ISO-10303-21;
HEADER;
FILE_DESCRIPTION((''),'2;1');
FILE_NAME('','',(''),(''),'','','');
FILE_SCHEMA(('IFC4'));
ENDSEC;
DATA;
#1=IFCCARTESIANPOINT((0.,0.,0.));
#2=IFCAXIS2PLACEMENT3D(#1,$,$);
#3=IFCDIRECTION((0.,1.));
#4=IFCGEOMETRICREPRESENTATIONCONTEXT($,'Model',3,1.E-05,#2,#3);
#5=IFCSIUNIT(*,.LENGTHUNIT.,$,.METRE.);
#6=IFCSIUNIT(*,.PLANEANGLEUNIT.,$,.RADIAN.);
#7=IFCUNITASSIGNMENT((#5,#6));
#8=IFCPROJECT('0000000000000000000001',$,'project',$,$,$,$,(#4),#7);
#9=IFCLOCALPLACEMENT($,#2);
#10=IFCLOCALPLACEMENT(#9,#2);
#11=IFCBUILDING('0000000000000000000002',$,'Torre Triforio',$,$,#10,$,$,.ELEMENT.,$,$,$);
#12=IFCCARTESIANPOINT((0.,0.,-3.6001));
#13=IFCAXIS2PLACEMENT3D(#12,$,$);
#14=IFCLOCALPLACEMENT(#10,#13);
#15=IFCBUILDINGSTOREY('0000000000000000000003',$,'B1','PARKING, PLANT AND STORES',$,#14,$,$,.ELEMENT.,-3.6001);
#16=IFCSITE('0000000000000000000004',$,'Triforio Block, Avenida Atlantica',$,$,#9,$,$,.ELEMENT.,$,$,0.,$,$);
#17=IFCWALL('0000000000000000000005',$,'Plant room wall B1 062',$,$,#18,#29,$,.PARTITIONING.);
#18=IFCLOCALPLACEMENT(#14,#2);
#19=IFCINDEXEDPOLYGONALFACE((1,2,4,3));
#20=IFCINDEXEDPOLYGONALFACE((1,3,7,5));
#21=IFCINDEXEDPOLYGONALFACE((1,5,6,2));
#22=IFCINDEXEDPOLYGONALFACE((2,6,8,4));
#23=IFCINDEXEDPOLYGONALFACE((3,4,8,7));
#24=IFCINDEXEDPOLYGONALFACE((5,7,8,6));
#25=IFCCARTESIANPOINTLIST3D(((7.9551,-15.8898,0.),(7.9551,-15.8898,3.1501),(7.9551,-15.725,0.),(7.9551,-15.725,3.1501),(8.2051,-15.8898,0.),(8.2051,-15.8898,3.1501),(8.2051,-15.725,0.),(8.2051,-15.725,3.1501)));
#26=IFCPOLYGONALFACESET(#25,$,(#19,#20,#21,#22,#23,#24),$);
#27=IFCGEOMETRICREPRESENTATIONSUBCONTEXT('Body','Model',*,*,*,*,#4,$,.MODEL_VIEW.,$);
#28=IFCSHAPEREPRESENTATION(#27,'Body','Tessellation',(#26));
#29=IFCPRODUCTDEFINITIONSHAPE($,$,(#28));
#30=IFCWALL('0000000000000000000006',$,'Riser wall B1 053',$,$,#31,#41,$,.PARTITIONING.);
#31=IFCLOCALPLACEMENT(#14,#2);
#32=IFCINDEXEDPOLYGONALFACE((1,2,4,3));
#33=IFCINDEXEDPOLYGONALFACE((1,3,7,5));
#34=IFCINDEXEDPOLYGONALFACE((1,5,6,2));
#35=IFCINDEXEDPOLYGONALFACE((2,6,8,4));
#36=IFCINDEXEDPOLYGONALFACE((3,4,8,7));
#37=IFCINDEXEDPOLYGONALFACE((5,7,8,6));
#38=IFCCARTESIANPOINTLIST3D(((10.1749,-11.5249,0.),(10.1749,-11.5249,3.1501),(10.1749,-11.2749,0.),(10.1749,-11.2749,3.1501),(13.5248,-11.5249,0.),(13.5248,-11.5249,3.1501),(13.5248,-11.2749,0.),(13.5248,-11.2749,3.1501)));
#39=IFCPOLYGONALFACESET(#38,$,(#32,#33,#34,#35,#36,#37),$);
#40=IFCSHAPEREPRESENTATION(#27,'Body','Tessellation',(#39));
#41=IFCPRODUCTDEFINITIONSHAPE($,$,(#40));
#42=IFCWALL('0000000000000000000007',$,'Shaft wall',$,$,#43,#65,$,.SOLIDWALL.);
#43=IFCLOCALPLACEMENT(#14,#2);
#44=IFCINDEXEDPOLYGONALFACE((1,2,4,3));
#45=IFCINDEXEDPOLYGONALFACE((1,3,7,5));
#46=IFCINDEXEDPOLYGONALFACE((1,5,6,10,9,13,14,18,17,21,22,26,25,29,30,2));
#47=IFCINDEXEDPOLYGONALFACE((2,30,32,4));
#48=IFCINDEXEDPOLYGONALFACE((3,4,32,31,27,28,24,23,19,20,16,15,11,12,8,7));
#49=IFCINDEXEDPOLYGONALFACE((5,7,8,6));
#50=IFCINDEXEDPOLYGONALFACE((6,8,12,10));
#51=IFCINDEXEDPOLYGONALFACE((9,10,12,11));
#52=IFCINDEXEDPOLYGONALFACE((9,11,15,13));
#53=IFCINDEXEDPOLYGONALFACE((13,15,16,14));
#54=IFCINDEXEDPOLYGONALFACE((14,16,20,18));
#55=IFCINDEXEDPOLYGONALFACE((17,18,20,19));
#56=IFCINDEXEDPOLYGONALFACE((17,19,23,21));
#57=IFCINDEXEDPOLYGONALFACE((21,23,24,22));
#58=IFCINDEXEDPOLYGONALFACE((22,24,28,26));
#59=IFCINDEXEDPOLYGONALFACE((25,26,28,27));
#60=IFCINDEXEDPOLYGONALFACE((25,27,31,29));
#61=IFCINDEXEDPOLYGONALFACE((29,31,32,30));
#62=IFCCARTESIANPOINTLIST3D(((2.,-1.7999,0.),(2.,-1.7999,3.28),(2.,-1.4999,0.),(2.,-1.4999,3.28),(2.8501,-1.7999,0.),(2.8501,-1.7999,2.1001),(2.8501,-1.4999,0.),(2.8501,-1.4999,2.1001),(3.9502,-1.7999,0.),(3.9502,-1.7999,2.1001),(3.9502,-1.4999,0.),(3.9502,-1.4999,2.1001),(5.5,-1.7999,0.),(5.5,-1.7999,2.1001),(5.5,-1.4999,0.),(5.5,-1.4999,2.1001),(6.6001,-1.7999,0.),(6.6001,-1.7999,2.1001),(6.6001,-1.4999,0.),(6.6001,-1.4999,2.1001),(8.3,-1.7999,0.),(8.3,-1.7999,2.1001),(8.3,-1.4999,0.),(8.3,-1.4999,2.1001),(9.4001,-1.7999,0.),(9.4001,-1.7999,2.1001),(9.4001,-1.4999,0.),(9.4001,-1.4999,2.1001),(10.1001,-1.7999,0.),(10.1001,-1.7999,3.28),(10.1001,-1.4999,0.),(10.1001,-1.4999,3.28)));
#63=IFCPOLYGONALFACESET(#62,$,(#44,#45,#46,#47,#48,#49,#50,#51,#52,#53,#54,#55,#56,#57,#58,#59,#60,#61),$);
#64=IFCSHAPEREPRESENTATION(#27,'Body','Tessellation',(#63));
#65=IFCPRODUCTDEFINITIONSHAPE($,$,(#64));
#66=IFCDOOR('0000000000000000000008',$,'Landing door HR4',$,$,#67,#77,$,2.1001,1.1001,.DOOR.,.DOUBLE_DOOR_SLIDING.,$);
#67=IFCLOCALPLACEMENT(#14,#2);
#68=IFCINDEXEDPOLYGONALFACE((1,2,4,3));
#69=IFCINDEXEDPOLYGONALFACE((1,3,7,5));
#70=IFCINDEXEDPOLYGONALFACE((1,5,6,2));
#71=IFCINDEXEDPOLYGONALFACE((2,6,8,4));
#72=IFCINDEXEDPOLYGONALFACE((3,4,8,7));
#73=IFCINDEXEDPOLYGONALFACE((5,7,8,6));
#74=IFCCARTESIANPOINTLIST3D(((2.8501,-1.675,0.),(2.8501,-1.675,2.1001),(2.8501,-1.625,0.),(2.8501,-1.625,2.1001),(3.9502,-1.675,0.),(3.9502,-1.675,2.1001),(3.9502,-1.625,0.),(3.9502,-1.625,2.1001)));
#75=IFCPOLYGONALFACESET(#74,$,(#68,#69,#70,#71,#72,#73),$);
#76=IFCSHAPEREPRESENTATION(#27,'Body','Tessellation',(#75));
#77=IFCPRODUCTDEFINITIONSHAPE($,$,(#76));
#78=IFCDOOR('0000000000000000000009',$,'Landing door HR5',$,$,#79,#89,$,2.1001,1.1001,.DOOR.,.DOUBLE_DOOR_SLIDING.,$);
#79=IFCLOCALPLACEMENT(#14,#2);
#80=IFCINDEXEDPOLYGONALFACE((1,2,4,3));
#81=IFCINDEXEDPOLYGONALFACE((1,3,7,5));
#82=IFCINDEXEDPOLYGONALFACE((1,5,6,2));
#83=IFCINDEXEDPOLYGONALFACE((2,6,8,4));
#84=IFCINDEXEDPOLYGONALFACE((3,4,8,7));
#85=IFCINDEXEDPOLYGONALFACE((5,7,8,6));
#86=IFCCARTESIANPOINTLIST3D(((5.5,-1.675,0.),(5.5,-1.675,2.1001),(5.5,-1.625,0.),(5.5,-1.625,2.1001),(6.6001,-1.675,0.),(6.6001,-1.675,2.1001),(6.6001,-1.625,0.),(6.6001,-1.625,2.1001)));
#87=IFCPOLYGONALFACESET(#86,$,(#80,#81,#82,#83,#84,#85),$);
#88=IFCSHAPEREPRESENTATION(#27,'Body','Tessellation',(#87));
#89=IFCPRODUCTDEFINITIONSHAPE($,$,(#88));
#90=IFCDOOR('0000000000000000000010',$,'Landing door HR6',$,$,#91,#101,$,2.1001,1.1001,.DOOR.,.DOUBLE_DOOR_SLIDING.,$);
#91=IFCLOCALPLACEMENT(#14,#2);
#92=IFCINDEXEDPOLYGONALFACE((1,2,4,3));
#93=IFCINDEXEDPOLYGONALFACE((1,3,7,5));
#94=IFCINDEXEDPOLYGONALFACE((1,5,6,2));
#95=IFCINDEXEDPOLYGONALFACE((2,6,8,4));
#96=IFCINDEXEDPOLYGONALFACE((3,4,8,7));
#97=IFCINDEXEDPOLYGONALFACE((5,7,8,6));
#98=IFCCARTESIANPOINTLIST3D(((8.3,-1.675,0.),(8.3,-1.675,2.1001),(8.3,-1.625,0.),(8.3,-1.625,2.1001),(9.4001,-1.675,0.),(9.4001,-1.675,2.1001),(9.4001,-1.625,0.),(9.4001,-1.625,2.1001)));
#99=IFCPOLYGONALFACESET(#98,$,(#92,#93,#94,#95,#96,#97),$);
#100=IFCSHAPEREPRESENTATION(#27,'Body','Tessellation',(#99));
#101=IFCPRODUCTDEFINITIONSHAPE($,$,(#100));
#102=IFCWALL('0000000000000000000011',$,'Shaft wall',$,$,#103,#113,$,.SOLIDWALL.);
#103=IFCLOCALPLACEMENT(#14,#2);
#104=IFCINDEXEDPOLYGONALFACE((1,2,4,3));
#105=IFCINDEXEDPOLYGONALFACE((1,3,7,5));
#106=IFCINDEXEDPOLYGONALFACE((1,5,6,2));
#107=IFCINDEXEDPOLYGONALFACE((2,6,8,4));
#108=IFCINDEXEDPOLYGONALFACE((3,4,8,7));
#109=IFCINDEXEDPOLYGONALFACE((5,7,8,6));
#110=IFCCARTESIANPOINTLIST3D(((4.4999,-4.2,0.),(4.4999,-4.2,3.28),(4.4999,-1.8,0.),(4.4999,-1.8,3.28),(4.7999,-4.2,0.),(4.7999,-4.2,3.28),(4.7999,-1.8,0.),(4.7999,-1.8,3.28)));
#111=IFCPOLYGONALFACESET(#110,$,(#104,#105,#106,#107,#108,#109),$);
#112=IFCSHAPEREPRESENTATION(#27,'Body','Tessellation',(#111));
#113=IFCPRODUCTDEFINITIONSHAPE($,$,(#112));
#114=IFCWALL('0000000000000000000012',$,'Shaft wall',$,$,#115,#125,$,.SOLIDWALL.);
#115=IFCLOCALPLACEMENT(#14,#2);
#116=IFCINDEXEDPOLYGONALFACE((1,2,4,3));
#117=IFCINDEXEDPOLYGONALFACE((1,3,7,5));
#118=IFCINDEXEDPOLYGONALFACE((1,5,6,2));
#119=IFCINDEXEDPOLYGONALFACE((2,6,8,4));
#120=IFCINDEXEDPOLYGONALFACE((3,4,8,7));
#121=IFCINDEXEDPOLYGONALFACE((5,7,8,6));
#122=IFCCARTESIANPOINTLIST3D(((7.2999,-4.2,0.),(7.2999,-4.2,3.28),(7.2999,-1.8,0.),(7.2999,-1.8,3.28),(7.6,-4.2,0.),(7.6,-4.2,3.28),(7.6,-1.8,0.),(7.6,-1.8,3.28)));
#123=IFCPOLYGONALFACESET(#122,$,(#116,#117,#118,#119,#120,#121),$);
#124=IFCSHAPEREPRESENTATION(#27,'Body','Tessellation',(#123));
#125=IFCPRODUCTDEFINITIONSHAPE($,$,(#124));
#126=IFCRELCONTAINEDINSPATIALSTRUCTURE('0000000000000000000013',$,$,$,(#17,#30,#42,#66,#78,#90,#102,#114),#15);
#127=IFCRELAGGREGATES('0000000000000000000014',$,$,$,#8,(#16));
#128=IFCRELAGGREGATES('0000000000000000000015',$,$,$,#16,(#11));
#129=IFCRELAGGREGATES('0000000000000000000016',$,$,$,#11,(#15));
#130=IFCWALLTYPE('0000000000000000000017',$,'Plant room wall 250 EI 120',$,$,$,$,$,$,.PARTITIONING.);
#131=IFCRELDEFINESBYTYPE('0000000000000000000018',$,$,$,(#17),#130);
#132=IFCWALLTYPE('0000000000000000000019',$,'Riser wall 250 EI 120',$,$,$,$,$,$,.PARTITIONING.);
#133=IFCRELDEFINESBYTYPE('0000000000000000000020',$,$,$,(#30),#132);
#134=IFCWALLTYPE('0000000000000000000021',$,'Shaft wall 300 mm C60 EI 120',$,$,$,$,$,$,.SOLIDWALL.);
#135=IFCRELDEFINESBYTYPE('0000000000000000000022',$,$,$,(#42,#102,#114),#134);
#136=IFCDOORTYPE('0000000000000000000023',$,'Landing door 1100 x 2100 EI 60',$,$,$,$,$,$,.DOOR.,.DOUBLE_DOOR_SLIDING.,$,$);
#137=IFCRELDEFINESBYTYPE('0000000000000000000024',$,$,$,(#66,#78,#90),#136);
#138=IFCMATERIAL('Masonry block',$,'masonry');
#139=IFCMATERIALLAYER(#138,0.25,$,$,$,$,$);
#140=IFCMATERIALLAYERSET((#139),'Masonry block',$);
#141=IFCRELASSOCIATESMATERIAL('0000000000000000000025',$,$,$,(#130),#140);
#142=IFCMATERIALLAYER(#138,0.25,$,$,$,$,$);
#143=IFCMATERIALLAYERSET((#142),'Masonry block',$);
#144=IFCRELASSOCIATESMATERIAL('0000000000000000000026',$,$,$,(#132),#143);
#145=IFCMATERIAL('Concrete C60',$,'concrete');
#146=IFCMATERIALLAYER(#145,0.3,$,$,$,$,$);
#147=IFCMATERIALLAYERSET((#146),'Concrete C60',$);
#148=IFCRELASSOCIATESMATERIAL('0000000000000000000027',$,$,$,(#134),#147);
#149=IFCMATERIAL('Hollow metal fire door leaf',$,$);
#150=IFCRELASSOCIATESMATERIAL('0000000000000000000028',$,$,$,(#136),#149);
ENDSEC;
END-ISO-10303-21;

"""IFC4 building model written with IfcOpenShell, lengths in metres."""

from ifc_helpers import new_model, si_unit, direction, frame, frame_2d, origin, place, context, subcontext, project, spatial, rectangle, extrude, material, layer, layer_set, type_object, element, fill, save


model = new_model("IFC4")

# Units and contexts
model_context = context("Model", 3, precision=1e-05, world=origin(), true_north=direction((0.0, 1.0)))
body_context = subcontext(model_context, "Body", "Model", "MODEL_VIEW")
ifc_project = project(units=[si_unit("LENGTHUNIT", "METRE"), si_unit("PLANEANGLEUNIT", "RADIAN")], contexts=[model_context])

# Site, building, storey
site_placement = place(None, origin())
site = spatial("IfcSite", under=ifc_project, at=site_placement, Name="Triforio Block, Avenida Atlantica", CompositionType="ELEMENT", RefElevation=0.0)
building_placement = place(site_placement, origin())
building = spatial("IfcBuilding", under=site, at=building_placement, Name="Torre Triforio", CompositionType="ELEMENT")
storey_placement = place(building_placement, frame((0.0, 0.0, -3.6001)))
storey = spatial("IfcBuildingStorey", under=building, at=storey_placement, Name="B1", Description="PARKING, PLANT AND STORES", CompositionType="ELEMENT", Elevation=-3.6001)

# Shared definitions
ifc_material_1 = material(Name="Concrete C60", Category="concrete")
ifc_material_2 = material(Name="Hollow metal fire door leaf")

# Walls
ifc_material_3 = material(Name="Masonry block", Category="masonry")
ifc_layer_1 = layer(ifc_material_3, 0.25)
ifc_layer_set_1 = layer_set([ifc_layer_1], Name="Masonry block")
wall_type_1 = type_object("IfcWallType", Name="Plant room wall 250 EI 120", PredefinedType="PARTITIONING", material=ifc_layer_set_1)
wall_1_placement = place(storey_placement, frame((8.0801, -15.8899, 0.0), z_axis=(0.0, 0.0, 1.0), x_axis=(0.0, 1.0, 0.0)))
element("IfcWall", 1, at=wall_1_placement, inside=storey, type_object=wall_type_1, Name="Plant room wall B1 062", PredefinedType="PARTITIONING", context=body_context, shape_type="SweptSolid", body=[
    extrude(rectangle(XDim=0.1648, YDim=0.25, at=frame_2d((0.0825, 0.0))), origin(), (0.0, 0.0, 1.0), 3.1501),
])
ifc_layer_2 = layer(ifc_material_3, 0.25)
ifc_layer_set_2 = layer_set([ifc_layer_2], Name="Masonry block")
wall_type_2 = type_object("IfcWallType", Name="Riser wall 250 EI 120", PredefinedType="PARTITIONING", material=ifc_layer_set_2)
wall_2_placement = place(storey_placement, frame((10.175, -11.3999, 0.0), z_axis=(0.0, 0.0, 1.0), x_axis=(1.0, 0.0, 0.0)))
element("IfcWall", 2, at=wall_2_placement, inside=storey, type_object=wall_type_2, Name="Riser wall B1 053", PredefinedType="PARTITIONING", context=body_context, shape_type="SweptSolid", body=[
    extrude(rectangle(XDim=3.3499, YDim=0.25, at=frame_2d((1.6748, 0.0))), origin(), (0.0, 0.0, 1.0), 3.1501),
])

# Wall, openings, doors
ifc_layer_3 = layer(ifc_material_1, 0.3)
ifc_layer_set_3 = layer_set([ifc_layer_3], Name="Concrete C60")
wall_type_3 = type_object("IfcWallType", Name="Shaft wall 300 mm C60 EI 120", PredefinedType="SOLIDWALL", material=ifc_layer_set_3)
wall_3_placement = place(storey_placement, frame((2.0, -1.6499, 0.0), z_axis=(0.0, 0.0, 1.0), x_axis=(1.0, 0.0, 0.0)))
wall_3 = element("IfcWall", 3, at=wall_3_placement, inside=storey, type_object=wall_type_3, Name="Shaft wall", PredefinedType="SOLIDWALL", context=body_context, shape_type="SweptSolid", body=[
    extrude(rectangle(XDim=8.1001, YDim=0.3, at=frame_2d((4.05, 0.0))), origin(), (0.0, 0.0, 1.0), 3.28),
])
opening_1_placement = place(wall_3_placement, frame((0.8501, 0.0, 0.0)))
opening_1 = element("IfcOpeningElement", 4, at=opening_1_placement, cuts=wall_3, PredefinedType="OPENING", context=body_context, shape_type="SweptSolid", body=[
    extrude(rectangle(XDim=1.1001, YDim=2.1001, at=frame_2d((0.55, 1.05))), frame((0.0, 0.1599, 0.0), z_axis=(0.0, -1.0, 0.0), x_axis=(1.0, 0.0, 0.0)), (0.0, 0.0, 1.0), 0.3201),
])
opening_2_placement = place(wall_3_placement, frame((3.5, 0.0, 0.0)))
opening_2 = element("IfcOpeningElement", 5, at=opening_2_placement, cuts=wall_3, PredefinedType="OPENING", context=body_context, shape_type="SweptSolid", body=[
    extrude(rectangle(XDim=1.1001, YDim=2.1001, at=frame_2d((0.55, 1.05))), frame((0.0, 0.1599, 0.0), z_axis=(0.0, -1.0, 0.0), x_axis=(1.0, 0.0, 0.0)), (0.0, 0.0, 1.0), 0.3201),
])
opening_3_placement = place(wall_3_placement, frame((6.3, 0.0, 0.0)))
opening_3 = element("IfcOpeningElement", 6, at=opening_3_placement, cuts=wall_3, PredefinedType="OPENING", context=body_context, shape_type="SweptSolid", body=[
    extrude(rectangle(XDim=1.1001, YDim=2.1001, at=frame_2d((0.55, 1.05))), frame((0.0, 0.1599, 0.0), z_axis=(0.0, -1.0, 0.0), x_axis=(1.0, 0.0, 0.0)), (0.0, 0.0, 1.0), 0.3201),
])
door_type_1 = type_object("IfcDoorType", Name="Landing door 1100 x 2100 EI 60", OperationType="DOUBLE_DOOR_SLIDING", PredefinedType="DOOR", material=ifc_material_2)
door_1_placement = place(opening_1_placement, origin())
door_1 = element("IfcDoor", 7, at=door_1_placement, inside=storey, type_object=door_type_1, Name="Landing door HR4", OperationType="DOUBLE_DOOR_SLIDING", OverallHeight=2.1001, OverallWidth=1.1001, PredefinedType="DOOR", context=body_context, shape_type="SweptSolid", body=[
    extrude(rectangle(XDim=1.1001, YDim=2.1001, at=frame_2d((0.55, 1.05))), frame((0.0, 0.0249, 0.0), z_axis=(0.0, -1.0, 0.0), x_axis=(1.0, 0.0, 0.0)), (0.0, 0.0, 1.0), 0.05),
])
fill(opening_1, door_1)
door_2_placement = place(opening_2_placement, origin())
door_2 = element("IfcDoor", 8, at=door_2_placement, inside=storey, type_object=door_type_1, Name="Landing door HR5", OperationType="DOUBLE_DOOR_SLIDING", OverallHeight=2.1001, OverallWidth=1.1001, PredefinedType="DOOR", context=body_context, shape_type="SweptSolid", body=[
    extrude(rectangle(XDim=1.1001, YDim=2.1001, at=frame_2d((0.55, 1.05))), frame((0.0, 0.0249, 0.0), z_axis=(0.0, -1.0, 0.0), x_axis=(1.0, 0.0, 0.0)), (0.0, 0.0, 1.0), 0.05),
])
fill(opening_2, door_2)
door_3_placement = place(opening_3_placement, origin())
door_3 = element("IfcDoor", 9, at=door_3_placement, inside=storey, type_object=door_type_1, Name="Landing door HR6", OperationType="DOUBLE_DOOR_SLIDING", OverallHeight=2.1001, OverallWidth=1.1001, PredefinedType="DOOR", context=body_context, shape_type="SweptSolid", body=[
    extrude(rectangle(XDim=1.1001, YDim=2.1001, at=frame_2d((0.55, 1.05))), frame((0.0, 0.0249, 0.0), z_axis=(0.0, -1.0, 0.0), x_axis=(1.0, 0.0, 0.0)), (0.0, 0.0, 1.0), 0.05),
])
fill(opening_3, door_3)

# Walls
for number, where, z_axis, x_axis, name in (
    (10, (4.6499, -4.2, 0.0), (0.0, 0.0, 1.0), (0.0, 1.0, 0.0), "Shaft wall"),
    (11, (7.45, -4.2, 0.0), (0.0, 0.0, 1.0), (0.0, 1.0, 0.0), "Shaft wall"),
):
    element("IfcWall", number, at=place(storey_placement, frame(where, z_axis=z_axis, x_axis=x_axis)), inside=storey, type_object=wall_type_3, Name=name, PredefinedType="SOLIDWALL", context=body_context, shape_type="SweptSolid", body=[
        extrude(rectangle(XDim=2.3999, YDim=0.3, at=frame_2d((1.2, 0.0))), origin(), (0.0, 0.0, 1.0), 3.28),
    ])

save(model, "model.ifc")
